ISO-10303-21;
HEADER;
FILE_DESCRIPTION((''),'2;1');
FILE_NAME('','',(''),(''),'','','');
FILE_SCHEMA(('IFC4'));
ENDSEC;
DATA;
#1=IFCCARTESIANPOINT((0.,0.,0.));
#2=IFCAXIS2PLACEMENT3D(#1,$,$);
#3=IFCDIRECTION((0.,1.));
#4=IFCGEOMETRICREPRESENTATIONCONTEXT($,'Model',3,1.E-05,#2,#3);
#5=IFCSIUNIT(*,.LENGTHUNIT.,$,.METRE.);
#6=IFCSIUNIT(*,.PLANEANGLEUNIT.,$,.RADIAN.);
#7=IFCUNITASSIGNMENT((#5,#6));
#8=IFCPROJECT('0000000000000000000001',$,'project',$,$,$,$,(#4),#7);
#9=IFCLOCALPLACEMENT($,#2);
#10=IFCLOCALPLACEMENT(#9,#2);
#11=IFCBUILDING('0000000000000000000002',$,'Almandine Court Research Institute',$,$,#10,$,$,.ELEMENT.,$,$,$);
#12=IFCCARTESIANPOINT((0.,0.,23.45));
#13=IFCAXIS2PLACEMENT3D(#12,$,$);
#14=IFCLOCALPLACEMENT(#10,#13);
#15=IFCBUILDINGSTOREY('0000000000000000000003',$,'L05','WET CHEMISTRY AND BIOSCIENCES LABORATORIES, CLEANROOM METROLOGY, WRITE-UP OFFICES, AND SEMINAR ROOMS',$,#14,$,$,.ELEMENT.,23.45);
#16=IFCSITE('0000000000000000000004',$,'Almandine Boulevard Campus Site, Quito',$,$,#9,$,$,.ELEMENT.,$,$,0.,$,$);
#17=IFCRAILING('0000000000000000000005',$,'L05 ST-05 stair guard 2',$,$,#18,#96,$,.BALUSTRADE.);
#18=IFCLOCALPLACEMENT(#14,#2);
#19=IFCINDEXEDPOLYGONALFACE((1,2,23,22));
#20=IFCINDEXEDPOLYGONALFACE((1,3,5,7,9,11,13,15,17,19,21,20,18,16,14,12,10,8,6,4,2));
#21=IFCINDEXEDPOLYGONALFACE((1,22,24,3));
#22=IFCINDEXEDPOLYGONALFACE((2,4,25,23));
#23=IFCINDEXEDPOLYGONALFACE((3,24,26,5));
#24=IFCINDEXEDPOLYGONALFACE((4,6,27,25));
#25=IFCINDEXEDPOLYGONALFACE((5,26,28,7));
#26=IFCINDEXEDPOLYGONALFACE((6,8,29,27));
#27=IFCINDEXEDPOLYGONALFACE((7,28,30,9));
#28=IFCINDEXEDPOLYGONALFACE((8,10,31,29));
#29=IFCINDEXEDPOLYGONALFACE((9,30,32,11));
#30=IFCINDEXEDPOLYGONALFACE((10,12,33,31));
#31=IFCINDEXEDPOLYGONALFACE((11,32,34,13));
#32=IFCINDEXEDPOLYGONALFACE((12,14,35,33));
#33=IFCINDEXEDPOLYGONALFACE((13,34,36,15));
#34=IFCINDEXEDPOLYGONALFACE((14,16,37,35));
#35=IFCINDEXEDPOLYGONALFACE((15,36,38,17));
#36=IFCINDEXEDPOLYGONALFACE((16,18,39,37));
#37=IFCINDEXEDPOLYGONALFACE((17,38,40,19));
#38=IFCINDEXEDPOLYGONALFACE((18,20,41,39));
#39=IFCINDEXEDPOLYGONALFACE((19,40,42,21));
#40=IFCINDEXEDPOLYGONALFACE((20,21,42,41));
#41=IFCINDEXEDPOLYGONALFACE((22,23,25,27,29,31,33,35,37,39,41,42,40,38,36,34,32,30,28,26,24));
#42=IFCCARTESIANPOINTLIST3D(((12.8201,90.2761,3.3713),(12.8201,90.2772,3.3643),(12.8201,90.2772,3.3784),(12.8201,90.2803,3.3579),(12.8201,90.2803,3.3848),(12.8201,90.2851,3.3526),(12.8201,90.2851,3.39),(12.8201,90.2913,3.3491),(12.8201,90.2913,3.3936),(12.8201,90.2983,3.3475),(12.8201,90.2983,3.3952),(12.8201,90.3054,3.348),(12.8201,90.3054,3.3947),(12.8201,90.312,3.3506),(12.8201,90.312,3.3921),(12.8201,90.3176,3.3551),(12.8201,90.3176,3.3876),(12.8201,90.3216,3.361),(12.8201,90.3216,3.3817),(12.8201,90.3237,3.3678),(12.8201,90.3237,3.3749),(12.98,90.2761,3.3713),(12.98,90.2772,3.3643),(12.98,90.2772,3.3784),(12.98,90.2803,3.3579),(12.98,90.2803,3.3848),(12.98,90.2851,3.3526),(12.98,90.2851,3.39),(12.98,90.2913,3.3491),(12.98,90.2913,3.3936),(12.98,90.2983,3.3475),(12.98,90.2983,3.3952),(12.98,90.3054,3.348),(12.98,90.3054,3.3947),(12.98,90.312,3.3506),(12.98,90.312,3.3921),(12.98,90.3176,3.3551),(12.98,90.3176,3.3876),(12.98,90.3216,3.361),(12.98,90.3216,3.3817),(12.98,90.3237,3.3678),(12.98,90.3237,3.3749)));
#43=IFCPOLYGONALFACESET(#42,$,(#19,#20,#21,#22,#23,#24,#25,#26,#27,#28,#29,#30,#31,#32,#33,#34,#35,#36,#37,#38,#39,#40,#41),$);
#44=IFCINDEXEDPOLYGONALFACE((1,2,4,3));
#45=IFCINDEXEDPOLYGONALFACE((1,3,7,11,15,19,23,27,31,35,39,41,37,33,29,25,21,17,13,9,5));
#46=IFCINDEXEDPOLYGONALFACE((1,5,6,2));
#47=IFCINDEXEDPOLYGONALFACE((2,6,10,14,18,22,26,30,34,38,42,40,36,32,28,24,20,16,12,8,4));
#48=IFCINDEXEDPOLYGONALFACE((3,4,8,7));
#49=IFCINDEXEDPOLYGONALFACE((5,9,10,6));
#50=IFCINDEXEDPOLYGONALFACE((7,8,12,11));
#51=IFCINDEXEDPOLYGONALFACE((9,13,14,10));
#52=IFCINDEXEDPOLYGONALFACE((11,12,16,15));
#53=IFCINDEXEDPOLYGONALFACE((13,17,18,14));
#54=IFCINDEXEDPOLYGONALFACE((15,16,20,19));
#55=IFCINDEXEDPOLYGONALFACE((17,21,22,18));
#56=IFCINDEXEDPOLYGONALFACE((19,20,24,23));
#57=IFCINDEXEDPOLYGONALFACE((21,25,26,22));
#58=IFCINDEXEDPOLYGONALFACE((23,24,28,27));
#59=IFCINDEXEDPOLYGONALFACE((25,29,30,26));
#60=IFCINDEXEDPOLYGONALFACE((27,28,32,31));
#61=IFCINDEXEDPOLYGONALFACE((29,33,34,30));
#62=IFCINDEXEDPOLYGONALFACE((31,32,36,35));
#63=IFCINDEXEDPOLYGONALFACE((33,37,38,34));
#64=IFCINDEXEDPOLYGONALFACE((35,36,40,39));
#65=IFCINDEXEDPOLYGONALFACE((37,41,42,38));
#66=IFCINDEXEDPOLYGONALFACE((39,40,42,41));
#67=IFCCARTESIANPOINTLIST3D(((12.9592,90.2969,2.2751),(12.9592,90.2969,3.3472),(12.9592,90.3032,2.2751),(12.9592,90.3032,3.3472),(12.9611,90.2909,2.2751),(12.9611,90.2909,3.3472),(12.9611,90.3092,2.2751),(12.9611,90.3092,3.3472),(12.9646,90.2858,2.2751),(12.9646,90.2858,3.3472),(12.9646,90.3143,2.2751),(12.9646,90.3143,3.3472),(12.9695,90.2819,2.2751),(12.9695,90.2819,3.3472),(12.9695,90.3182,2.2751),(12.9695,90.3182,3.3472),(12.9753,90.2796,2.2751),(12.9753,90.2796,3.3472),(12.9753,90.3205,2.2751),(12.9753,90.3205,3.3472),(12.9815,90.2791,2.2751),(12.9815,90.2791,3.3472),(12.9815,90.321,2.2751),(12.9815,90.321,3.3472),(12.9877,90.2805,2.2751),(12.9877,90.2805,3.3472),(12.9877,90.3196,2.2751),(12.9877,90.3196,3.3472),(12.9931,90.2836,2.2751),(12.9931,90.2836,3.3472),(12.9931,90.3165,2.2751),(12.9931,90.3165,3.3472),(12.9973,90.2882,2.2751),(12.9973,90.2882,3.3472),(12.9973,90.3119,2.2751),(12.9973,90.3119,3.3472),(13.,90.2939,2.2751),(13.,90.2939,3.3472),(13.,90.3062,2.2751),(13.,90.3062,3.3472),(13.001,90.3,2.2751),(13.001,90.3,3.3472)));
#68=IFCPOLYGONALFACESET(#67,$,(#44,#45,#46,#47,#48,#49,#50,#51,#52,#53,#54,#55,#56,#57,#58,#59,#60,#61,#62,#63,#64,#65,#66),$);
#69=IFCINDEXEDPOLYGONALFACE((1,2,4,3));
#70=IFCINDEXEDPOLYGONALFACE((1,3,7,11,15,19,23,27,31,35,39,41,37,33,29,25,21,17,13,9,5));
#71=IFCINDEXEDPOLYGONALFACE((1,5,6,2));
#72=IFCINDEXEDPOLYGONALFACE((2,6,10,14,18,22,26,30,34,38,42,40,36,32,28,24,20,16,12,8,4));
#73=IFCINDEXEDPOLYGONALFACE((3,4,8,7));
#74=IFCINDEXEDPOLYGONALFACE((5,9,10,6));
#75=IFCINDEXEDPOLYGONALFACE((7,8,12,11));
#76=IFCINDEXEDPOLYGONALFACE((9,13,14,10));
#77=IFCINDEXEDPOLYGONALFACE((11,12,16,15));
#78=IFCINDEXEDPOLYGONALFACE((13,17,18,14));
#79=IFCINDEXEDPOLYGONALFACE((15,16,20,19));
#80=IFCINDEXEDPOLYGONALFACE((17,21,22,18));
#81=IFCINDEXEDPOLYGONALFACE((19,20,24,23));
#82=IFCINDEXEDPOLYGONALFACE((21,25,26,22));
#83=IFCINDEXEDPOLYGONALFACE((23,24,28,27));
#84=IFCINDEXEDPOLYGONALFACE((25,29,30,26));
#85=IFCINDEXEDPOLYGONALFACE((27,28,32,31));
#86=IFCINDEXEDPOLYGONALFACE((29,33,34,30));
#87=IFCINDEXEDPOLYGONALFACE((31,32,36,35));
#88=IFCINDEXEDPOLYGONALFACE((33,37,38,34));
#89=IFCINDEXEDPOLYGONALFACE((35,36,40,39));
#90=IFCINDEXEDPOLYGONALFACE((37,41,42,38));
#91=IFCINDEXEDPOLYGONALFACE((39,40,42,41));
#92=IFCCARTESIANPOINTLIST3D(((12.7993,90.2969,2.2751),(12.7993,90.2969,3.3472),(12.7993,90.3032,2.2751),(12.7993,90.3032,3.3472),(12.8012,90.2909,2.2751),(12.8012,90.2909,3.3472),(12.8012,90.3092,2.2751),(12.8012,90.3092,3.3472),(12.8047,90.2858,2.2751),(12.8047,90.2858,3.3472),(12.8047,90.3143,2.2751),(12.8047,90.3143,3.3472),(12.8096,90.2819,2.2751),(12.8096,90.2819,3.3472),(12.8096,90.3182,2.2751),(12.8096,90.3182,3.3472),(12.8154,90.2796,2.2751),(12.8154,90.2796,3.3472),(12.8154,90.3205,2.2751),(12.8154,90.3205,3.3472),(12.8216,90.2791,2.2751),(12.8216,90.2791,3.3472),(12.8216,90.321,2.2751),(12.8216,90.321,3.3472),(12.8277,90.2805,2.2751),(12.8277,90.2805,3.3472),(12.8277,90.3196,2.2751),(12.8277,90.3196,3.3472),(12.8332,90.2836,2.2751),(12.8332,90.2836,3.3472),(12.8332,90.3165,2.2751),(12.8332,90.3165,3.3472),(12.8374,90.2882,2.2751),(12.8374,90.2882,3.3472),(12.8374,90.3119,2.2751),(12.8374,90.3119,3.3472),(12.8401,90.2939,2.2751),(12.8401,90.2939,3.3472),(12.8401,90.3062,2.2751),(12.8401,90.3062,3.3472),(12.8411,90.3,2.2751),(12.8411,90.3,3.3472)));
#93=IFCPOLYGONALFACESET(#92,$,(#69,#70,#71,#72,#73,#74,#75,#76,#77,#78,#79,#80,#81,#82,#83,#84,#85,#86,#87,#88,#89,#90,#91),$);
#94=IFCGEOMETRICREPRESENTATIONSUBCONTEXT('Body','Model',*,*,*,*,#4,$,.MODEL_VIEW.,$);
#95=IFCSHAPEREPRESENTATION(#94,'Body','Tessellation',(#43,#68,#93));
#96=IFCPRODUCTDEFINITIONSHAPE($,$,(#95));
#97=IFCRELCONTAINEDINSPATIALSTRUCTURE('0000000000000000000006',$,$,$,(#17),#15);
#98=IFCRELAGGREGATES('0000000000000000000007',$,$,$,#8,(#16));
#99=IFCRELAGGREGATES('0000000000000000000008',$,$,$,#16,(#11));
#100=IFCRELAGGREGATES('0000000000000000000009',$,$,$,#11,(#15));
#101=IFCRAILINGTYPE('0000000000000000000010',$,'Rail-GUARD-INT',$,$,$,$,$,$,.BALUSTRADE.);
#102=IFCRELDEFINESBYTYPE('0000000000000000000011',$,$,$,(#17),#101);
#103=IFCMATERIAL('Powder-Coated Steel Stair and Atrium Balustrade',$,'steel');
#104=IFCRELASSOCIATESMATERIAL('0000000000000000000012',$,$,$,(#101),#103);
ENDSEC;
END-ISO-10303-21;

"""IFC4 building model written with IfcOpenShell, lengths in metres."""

from ifc_helpers import new_model, si_unit, direction, frame, origin, origin_2d, place, context, subcontext, project, spatial, circle, extrude, material, type_object, element, save


model = new_model("IFC4")

# Units and contexts
model_context = context("Model", 3, precision=1e-05, world=origin(), true_north=direction((0.0, 1.0)))
body_context = subcontext(model_context, "Body", "Model", "MODEL_VIEW")
ifc_project = project(units=[si_unit("LENGTHUNIT", "METRE"), si_unit("PLANEANGLEUNIT", "RADIAN")], contexts=[model_context])

# Site, building, storey
site_placement = place(None, origin())
site = spatial("IfcSite", under=ifc_project, at=site_placement, Name="Almandine Boulevard Campus Site, Quito", CompositionType="ELEMENT", RefElevation=0.0)
building_placement = place(site_placement, origin())
building = spatial("IfcBuilding", under=site, at=building_placement, Name="Almandine Court Research Institute", CompositionType="ELEMENT")
storey_placement = place(building_placement, frame((0.0, 0.0, 23.45)))
storey = spatial("IfcBuildingStorey", under=building, at=storey_placement, Name="L05", Description="WET CHEMISTRY AND BIOSCIENCES LABORATORIES, CLEANROOM METROLOGY, WRITE-UP OFFICES, AND SEMINAR ROOMS", CompositionType="ELEMENT", Elevation=23.45)

# Railing
ifc_material_1 = material(Name="Powder-Coated Steel Stair and Atrium Balustrade", Category="steel")
railing_type_1 = type_object("IfcRailingType", Name="Rail-GUARD-INT", PredefinedType="BALUSTRADE", material=ifc_material_1)
railing_1_placement = place(storey_placement, frame((12.98, 90.3, 2.2751)))
element("IfcRailing", 1, at=railing_1_placement, inside=storey, type_object=railing_type_1, Name="L05 ST-05 stair guard 2", PredefinedType="BALUSTRADE", context=body_context, shape_type="SweptSolid", body=[
    extrude(circle(Radius=0.0239, at=origin_2d()), frame((0.0, 0.0, 1.0962), z_axis=(-1.0, 0.0, 0.0), x_axis=(0.0, -1.0, 0.0)), (0.0, 0.0, 1.0), 0.1599),
    extrude(circle(Radius=0.021, at=origin_2d()), origin(), (0.0, 0.0, 1.0), 1.072),
    extrude(circle(Radius=0.021, at=origin_2d()), frame((-0.1599, 0.0, 0.0)), (0.0, 0.0, 1.0), 1.072),
])

save(model, "model.ifc")
